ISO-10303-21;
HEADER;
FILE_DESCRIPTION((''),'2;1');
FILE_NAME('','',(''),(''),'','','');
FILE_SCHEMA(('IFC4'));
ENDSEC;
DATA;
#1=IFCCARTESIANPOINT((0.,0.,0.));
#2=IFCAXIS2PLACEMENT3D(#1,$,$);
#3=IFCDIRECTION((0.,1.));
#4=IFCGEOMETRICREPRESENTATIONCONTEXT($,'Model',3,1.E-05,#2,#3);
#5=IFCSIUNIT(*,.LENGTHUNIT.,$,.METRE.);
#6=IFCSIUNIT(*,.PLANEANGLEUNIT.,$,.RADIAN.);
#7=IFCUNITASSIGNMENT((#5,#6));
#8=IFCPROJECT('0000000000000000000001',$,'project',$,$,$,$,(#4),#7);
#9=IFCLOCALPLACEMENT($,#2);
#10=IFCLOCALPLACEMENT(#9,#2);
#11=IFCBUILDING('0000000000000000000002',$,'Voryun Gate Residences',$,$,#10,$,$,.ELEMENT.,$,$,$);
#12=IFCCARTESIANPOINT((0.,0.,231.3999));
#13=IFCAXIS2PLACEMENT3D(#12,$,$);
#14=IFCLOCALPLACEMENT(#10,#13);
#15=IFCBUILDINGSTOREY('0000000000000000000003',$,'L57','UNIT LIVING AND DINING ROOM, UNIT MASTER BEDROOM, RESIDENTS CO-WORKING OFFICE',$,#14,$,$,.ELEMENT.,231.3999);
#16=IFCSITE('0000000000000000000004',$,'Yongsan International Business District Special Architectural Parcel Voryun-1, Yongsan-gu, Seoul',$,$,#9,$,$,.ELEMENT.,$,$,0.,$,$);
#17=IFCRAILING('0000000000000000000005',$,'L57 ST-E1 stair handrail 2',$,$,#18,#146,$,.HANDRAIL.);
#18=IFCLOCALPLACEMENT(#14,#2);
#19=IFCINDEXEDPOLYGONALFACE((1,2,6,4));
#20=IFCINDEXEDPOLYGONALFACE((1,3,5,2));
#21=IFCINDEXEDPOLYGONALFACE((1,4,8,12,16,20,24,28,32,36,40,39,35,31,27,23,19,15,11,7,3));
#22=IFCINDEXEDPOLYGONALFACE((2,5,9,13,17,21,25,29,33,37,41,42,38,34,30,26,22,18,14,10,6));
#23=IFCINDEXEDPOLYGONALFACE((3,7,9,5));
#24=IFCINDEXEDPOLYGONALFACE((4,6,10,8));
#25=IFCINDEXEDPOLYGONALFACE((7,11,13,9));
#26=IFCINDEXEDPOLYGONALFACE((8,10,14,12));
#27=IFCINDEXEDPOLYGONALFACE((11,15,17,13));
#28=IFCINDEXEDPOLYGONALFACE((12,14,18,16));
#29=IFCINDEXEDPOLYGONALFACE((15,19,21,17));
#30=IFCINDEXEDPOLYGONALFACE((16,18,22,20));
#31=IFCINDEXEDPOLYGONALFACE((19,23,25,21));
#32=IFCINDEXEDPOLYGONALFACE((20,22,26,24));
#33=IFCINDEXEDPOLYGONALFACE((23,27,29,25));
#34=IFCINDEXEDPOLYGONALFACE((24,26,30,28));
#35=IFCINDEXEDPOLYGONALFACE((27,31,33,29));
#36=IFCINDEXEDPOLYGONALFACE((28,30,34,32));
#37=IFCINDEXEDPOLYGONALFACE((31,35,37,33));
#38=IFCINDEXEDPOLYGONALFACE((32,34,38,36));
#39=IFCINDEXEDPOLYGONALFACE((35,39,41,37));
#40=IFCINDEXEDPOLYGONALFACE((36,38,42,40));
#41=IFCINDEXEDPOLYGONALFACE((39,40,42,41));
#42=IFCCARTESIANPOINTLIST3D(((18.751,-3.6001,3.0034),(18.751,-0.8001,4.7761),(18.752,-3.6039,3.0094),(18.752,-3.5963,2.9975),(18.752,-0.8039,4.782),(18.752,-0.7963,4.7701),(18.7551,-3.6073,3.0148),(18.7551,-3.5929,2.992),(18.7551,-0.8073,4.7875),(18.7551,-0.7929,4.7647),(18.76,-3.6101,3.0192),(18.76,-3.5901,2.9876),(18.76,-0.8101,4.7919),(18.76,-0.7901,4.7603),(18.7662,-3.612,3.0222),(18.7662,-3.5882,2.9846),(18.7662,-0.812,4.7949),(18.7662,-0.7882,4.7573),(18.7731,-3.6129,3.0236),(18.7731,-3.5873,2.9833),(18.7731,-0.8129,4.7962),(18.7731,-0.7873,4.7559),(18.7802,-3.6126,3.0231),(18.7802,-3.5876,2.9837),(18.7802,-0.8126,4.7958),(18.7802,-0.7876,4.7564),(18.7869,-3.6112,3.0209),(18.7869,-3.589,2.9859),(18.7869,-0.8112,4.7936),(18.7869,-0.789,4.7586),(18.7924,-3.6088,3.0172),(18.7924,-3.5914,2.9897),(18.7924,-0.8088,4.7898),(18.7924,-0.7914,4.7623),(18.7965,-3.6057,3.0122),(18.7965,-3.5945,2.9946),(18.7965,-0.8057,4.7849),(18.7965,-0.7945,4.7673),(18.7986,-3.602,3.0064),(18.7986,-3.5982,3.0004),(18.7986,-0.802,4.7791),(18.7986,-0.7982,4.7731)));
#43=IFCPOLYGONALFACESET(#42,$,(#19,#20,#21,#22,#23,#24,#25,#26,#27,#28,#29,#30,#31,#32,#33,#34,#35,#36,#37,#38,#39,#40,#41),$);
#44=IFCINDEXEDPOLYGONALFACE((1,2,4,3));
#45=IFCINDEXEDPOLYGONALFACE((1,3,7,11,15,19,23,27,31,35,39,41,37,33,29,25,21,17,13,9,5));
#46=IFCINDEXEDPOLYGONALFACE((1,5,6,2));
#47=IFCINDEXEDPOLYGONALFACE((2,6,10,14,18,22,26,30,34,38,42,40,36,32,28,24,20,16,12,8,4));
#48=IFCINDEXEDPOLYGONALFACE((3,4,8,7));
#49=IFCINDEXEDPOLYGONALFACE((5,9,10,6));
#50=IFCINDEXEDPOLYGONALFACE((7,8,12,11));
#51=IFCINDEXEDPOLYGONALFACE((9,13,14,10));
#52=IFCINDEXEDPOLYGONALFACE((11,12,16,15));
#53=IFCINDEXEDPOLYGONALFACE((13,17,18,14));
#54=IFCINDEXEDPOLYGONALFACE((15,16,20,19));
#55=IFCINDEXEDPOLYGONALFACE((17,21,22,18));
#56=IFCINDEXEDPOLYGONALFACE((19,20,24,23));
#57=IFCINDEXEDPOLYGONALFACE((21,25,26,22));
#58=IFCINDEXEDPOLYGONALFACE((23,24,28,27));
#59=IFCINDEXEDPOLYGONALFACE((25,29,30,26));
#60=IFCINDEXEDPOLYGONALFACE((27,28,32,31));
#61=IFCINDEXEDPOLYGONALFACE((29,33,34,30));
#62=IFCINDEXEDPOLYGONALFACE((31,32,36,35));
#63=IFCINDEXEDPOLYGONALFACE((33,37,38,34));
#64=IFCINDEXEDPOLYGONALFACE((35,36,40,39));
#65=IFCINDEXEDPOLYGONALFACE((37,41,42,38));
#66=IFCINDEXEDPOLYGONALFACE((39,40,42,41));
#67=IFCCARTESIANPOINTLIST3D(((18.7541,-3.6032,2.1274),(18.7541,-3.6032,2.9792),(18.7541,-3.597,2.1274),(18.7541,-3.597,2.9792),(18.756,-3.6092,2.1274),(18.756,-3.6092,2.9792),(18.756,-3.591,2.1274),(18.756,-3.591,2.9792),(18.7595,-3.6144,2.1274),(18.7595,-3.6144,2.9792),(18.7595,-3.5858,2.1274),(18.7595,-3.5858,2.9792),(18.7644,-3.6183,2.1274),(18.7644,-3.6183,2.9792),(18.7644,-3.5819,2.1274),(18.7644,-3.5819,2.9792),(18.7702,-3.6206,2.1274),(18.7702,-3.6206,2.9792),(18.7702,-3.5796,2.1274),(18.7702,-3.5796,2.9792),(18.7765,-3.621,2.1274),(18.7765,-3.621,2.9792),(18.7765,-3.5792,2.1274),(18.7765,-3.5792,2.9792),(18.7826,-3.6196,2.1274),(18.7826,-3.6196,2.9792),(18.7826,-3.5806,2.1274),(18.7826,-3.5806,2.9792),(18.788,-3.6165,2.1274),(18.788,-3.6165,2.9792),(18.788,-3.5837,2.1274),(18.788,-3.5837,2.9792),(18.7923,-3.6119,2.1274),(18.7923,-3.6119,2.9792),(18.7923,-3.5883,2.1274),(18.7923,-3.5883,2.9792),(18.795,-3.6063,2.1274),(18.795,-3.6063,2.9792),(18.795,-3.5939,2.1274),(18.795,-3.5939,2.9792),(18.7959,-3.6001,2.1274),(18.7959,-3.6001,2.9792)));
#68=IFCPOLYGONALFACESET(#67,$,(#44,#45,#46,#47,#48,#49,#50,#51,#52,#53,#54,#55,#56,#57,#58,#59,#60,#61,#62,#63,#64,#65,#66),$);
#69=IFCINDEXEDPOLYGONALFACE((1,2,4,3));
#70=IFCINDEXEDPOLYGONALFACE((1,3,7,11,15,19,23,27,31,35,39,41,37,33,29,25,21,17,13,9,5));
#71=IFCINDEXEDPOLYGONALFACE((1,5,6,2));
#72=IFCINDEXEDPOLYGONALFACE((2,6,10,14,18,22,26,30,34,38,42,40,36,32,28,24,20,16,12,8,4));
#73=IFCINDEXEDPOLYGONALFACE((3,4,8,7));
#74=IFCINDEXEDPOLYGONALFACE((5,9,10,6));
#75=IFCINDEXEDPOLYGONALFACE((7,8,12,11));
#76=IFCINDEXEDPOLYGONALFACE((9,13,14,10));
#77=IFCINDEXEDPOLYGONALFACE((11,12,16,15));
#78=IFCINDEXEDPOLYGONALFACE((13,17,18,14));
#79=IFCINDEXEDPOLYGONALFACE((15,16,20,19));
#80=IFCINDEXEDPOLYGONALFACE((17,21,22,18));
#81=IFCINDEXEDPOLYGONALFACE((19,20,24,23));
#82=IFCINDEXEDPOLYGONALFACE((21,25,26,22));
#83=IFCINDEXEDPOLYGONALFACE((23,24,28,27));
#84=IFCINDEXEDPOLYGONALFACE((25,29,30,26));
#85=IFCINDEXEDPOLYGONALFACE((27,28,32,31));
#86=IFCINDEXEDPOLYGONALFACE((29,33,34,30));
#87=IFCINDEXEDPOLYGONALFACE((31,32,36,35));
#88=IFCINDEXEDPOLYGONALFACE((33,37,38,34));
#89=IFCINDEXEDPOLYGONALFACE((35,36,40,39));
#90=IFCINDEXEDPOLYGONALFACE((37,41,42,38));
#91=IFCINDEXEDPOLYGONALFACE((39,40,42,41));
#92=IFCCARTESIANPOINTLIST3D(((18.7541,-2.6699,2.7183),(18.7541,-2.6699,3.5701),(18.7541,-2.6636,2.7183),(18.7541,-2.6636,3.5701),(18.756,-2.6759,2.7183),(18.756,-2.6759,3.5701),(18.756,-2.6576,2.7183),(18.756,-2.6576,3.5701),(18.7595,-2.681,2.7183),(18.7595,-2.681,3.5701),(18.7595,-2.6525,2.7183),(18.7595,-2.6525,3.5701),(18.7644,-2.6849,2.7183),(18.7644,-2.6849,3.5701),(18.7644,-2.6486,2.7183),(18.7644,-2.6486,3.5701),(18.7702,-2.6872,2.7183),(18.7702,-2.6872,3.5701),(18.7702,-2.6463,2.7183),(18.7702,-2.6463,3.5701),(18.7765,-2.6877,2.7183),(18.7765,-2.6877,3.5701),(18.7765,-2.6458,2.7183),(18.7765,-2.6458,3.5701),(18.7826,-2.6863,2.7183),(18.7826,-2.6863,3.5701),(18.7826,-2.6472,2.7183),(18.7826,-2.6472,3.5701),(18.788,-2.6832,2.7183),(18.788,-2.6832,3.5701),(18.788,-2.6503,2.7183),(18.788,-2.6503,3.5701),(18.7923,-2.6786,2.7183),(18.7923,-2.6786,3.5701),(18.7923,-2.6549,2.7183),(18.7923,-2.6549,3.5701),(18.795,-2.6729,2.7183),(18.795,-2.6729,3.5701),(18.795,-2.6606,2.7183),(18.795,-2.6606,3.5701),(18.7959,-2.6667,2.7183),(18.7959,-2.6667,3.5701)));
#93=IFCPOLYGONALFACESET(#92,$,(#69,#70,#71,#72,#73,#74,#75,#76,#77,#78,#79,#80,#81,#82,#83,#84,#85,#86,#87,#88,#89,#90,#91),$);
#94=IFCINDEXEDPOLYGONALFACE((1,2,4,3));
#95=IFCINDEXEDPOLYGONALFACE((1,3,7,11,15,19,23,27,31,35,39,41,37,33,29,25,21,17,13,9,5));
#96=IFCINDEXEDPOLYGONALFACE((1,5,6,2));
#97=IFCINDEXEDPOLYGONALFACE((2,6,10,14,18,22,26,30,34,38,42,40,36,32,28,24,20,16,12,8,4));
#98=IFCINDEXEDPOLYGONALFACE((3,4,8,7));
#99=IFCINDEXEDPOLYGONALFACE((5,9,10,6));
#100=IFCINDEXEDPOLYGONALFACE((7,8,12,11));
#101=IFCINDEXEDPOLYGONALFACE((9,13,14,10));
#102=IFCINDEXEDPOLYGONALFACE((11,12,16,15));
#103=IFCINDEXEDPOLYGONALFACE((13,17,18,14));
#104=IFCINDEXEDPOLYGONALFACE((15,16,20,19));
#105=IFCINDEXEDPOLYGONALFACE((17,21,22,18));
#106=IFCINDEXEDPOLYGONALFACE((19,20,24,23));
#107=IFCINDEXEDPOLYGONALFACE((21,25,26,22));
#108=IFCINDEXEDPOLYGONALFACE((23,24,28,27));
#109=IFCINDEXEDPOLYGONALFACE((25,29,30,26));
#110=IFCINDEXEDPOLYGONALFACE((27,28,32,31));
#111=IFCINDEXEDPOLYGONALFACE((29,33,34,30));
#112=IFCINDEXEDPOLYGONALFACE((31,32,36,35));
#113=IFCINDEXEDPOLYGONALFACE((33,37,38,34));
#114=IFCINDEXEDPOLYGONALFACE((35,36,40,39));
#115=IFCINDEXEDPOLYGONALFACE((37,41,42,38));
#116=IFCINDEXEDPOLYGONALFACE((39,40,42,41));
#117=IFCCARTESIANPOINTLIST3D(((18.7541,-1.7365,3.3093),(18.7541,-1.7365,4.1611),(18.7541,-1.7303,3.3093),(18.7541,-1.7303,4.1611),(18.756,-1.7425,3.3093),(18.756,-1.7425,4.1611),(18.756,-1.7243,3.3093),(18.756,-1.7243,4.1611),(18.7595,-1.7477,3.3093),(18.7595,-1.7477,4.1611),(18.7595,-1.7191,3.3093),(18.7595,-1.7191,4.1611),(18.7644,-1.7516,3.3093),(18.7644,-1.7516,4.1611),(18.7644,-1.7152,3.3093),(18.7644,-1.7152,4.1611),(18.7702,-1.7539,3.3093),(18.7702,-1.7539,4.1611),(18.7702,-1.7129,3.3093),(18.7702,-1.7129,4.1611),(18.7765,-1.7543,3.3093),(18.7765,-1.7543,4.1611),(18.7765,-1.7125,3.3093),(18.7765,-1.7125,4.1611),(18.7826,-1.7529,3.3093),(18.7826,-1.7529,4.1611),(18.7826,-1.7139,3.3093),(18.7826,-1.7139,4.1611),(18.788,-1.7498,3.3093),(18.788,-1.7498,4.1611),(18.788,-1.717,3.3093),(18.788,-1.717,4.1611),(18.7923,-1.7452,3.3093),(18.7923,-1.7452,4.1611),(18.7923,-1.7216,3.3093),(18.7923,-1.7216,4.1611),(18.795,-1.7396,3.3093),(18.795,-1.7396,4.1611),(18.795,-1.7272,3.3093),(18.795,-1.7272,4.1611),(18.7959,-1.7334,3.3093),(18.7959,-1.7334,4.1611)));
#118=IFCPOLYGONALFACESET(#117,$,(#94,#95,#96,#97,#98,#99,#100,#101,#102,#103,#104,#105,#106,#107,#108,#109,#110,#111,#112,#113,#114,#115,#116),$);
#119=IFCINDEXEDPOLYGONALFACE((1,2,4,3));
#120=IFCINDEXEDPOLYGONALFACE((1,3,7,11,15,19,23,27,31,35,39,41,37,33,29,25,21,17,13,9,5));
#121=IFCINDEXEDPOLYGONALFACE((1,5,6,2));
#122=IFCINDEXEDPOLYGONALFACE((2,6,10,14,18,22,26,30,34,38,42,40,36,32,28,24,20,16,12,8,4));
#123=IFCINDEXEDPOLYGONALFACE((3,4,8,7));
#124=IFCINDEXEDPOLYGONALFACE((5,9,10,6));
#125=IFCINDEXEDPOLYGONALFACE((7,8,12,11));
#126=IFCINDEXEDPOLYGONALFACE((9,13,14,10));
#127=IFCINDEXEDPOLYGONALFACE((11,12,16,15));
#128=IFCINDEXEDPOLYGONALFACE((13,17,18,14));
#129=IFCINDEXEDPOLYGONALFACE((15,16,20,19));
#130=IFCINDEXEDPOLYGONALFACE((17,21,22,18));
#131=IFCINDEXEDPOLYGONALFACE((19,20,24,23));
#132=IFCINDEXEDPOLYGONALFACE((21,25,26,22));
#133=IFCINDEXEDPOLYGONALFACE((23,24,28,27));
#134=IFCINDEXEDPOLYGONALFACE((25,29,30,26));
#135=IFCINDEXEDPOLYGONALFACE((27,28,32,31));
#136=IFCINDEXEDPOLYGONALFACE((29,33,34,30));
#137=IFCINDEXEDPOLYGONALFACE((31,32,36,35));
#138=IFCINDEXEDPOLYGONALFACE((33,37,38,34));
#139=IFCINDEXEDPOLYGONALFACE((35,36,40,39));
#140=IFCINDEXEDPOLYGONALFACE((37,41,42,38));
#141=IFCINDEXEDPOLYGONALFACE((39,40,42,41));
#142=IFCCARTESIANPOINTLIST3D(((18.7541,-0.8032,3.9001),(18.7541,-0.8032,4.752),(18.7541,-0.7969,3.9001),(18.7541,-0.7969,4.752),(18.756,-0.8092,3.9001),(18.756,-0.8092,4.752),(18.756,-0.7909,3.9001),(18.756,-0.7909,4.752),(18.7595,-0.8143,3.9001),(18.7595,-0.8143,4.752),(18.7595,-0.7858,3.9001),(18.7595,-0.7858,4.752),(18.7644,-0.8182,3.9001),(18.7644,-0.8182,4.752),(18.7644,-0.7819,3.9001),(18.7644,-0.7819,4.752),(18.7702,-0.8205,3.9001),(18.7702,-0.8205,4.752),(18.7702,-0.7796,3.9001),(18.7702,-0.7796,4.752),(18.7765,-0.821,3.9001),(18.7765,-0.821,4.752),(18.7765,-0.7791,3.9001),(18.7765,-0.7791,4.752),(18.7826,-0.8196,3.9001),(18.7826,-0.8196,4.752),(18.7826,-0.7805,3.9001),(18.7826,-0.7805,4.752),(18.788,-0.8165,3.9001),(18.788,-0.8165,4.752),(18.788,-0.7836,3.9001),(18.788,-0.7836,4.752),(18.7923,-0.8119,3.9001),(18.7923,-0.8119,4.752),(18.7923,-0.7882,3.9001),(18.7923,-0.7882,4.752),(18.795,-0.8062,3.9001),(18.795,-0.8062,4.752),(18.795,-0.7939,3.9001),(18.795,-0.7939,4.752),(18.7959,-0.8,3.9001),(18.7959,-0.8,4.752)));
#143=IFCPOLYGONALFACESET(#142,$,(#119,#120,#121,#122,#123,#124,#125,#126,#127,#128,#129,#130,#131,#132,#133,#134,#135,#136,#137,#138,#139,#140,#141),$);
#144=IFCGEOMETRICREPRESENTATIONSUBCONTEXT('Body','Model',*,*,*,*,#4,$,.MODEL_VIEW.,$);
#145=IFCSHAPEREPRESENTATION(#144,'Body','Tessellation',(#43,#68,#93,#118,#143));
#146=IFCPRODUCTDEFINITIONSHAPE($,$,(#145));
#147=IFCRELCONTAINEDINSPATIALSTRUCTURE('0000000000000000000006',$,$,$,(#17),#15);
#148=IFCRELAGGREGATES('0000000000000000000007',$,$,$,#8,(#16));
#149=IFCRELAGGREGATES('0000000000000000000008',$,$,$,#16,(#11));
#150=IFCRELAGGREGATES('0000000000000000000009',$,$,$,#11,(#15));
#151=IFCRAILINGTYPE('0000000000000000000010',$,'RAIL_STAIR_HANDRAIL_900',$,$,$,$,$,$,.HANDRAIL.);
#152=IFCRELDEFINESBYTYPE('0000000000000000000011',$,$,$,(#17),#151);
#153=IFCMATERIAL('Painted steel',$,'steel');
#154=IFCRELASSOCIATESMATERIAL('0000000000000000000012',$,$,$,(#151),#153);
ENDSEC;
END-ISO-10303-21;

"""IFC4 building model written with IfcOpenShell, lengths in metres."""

from ifc_helpers import new_model, si_unit, direction, frame, origin, origin_2d, place, context, subcontext, project, spatial, circle, extrude, material, type_object, element, save


model = new_model("IFC4")

# Units and contexts
model_context = context("Model", 3, precision=1e-05, world=origin(), true_north=direction((0.0, 1.0)))
body_context = subcontext(model_context, "Body", "Model", "MODEL_VIEW")
ifc_project = project(units=[si_unit("LENGTHUNIT", "METRE"), si_unit("PLANEANGLEUNIT", "RADIAN")], contexts=[model_context])

# Site, building, storey
site_placement = place(None, origin())
site = spatial("IfcSite", under=ifc_project, at=site_placement, Name="Yongsan International Business District Special Architectural Parcel Voryun-1, Yongsan-gu, Seoul", CompositionType="ELEMENT", RefElevation=0.0)
building_placement = place(site_placement, origin())
building = spatial("IfcBuilding", under=site, at=building_placement, Name="Voryun Gate Residences", CompositionType="ELEMENT")
storey_placement = place(building_placement, frame((0.0, 0.0, 231.3999)))
storey = spatial("IfcBuildingStorey", under=building, at=storey_placement, Name="L57", Description="UNIT LIVING AND DINING ROOM, UNIT MASTER BEDROOM, RESIDENTS CO-WORKING OFFICE", CompositionType="ELEMENT", Elevation=231.3999)

# Railing
ifc_material_1 = material(Name="Painted steel", Category="steel")
railing_type_1 = type_object("IfcRailingType", Name="RAIL_STAIR_HANDRAIL_900", PredefinedType="HANDRAIL", material=ifc_material_1)
railing_1_placement = place(storey_placement, frame((18.7749, -3.6001, 2.1274)))
element("IfcRailing", 1, at=railing_1_placement, inside=storey, type_object=railing_type_1, Name="L57 ST-E1 stair handrail 2", PredefinedType="HANDRAIL", context=body_context, shape_type="SweptSolid", body=[
    extrude(circle(Radius=0.0239, at=origin_2d()), frame((0.0, 0.0, 0.876), z_axis=(0.0, 0.844909, 0.53491), x_axis=(-1.0, 0.0, 0.0)), (0.0, 0.0, 1.0), 3.314),
    extrude(circle(Radius=0.021, at=origin_2d()), origin(), (0.0, 0.0, 1.0), 0.8518),
    extrude(circle(Radius=0.021, at=origin_2d()), frame((0.0, 0.9333, 0.5908)), (0.0, 0.0, 1.0), 0.8518),
    extrude(circle(Radius=0.021, at=origin_2d()), frame((0.0, 1.8667, 1.1819)), (0.0, 0.0, 1.0), 0.8518),
    extrude(circle(Radius=0.021, at=origin_2d()), frame((0.0, 2.8, 1.7727)), (0.0, 0.0, 1.0), 0.8518),
])

save(model, "model.ifc")
